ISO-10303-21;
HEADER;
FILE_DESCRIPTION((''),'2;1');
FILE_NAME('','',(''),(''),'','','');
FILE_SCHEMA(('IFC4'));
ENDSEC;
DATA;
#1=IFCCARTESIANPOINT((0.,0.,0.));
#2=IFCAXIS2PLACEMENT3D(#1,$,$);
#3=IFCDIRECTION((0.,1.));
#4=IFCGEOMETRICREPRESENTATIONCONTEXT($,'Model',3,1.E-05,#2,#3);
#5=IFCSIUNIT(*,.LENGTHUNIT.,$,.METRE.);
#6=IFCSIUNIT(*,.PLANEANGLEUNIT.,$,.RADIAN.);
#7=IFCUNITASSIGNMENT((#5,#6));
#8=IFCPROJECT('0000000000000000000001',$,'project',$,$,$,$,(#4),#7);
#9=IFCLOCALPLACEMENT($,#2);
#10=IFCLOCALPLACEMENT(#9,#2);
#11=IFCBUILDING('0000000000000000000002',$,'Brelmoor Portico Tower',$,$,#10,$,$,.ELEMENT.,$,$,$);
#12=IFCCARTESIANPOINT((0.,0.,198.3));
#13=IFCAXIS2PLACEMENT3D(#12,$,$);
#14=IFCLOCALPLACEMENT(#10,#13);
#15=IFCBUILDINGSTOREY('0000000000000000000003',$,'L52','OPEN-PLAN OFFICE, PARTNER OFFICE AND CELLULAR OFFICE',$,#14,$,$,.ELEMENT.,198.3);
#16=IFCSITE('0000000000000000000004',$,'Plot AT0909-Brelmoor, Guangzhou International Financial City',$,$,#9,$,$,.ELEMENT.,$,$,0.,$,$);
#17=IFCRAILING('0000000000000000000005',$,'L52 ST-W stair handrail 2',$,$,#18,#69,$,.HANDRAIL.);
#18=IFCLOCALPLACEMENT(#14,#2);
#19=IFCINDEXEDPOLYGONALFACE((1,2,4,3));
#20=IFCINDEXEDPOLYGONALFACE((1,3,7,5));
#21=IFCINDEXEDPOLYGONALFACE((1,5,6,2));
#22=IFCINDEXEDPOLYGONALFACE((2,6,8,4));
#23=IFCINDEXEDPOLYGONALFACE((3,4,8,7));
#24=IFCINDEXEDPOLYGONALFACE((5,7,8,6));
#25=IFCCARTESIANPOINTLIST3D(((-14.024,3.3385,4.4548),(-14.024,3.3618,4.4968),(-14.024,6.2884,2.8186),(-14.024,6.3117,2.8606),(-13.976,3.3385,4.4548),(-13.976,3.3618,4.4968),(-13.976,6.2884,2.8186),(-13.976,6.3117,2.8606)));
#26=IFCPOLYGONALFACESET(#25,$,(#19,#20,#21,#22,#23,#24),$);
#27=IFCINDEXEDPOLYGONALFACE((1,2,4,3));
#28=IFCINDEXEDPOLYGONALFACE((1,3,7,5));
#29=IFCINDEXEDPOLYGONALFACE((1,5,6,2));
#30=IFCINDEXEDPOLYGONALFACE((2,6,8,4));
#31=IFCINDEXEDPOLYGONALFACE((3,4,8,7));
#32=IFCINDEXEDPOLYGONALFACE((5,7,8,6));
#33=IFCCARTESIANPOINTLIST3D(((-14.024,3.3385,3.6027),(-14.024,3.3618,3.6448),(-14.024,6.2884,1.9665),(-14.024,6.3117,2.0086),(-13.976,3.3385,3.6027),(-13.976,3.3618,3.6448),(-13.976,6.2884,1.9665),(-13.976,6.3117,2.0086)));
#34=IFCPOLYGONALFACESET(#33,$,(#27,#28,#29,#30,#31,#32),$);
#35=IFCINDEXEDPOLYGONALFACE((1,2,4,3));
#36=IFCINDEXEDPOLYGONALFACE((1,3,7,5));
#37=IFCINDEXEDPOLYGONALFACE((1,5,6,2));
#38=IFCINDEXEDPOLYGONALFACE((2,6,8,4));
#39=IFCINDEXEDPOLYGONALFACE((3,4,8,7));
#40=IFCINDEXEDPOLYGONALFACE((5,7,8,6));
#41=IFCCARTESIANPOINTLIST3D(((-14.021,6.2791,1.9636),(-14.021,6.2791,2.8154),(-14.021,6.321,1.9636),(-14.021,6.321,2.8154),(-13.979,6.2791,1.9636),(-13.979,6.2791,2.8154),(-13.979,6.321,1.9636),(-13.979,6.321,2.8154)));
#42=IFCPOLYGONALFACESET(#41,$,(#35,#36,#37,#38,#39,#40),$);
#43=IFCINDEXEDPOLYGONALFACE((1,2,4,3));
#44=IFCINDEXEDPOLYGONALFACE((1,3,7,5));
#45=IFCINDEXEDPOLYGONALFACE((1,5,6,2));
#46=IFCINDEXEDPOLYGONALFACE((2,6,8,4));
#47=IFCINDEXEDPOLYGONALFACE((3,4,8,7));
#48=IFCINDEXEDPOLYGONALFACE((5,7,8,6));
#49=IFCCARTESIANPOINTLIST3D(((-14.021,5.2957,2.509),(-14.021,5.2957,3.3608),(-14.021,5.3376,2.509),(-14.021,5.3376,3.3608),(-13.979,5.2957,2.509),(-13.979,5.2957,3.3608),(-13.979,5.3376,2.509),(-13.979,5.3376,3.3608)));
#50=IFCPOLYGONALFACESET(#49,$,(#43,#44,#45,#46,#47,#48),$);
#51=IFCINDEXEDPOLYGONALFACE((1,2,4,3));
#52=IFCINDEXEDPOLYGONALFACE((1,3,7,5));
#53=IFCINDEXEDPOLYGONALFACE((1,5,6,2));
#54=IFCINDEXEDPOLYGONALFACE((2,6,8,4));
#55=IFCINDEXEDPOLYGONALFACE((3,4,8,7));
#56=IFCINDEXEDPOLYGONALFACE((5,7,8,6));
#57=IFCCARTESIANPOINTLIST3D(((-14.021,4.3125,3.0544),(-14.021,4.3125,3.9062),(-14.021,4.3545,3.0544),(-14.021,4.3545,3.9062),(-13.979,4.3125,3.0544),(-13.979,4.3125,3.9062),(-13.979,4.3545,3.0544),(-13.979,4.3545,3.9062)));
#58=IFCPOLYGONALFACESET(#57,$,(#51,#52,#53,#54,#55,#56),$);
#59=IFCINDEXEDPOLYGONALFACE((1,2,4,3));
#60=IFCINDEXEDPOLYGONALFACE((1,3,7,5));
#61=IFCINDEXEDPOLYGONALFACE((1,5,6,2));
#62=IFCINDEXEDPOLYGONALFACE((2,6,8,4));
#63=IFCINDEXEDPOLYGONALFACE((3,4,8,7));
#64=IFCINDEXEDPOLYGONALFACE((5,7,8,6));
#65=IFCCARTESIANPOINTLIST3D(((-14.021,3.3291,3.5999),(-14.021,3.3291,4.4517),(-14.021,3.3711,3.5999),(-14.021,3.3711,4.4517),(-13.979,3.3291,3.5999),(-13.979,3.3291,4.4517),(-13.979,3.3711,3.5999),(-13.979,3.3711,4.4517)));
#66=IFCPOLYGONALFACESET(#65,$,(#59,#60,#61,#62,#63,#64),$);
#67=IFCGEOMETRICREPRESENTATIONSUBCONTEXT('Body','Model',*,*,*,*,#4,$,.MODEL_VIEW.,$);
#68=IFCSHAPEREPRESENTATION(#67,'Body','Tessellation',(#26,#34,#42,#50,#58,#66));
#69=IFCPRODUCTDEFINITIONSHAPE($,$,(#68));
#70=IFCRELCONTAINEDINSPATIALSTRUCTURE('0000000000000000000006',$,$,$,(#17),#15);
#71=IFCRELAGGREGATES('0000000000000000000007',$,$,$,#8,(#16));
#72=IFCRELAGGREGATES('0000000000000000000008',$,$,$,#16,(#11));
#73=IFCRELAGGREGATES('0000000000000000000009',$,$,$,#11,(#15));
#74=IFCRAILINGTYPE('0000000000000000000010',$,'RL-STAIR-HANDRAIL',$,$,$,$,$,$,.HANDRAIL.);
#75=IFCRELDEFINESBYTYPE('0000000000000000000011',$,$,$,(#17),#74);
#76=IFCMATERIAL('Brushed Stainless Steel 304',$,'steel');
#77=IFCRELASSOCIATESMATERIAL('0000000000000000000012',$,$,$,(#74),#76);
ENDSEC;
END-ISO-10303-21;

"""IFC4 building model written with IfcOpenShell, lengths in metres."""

from ifc_helpers import new_model, si_unit, direction, frame, origin, origin_2d, place, context, subcontext, project, spatial, rectangle, extrude, material, type_object, element, save


model = new_model("IFC4")

# Units and contexts
model_context = context("Model", 3, precision=1e-05, world=origin(), true_north=direction((0.0, 1.0)))
body_context = subcontext(model_context, "Body", "Model", "MODEL_VIEW")
ifc_project = project(units=[si_unit("LENGTHUNIT", "METRE"), si_unit("PLANEANGLEUNIT", "RADIAN")], contexts=[model_context])

# Site, building, storey
site_placement = place(None, origin())
site = spatial("IfcSite", under=ifc_project, at=site_placement, Name="Plot AT0909-Brelmoor, Guangzhou International Financial City", CompositionType="ELEMENT", RefElevation=0.0)
building_placement = place(site_placement, origin())
building = spatial("IfcBuilding", under=site, at=building_placement, Name="Brelmoor Portico Tower", CompositionType="ELEMENT")
storey_placement = place(building_placement, frame((0.0, 0.0, 198.3)))
storey = spatial("IfcBuildingStorey", under=building, at=storey_placement, Name="L52", Description="OPEN-PLAN OFFICE, PARTNER OFFICE AND CELLULAR OFFICE", CompositionType="ELEMENT", Elevation=198.3)

# Railing
ifc_material_1 = material(Name="Brushed Stainless Steel 304", Category="steel")
railing_type_1 = type_object("IfcRailingType", Name="RL-STAIR-HANDRAIL", PredefinedType="HANDRAIL", material=ifc_material_1)
railing_1_placement = place(storey_placement, frame((-14.0, 6.3, 1.9636)))
element("IfcRailing", 1, at=railing_1_placement, inside=storey, type_object=railing_type_1, Name="L52 ST-W stair handrail 2", PredefinedType="HANDRAIL", context=body_context, shape_type="SweptSolid", body=[
    extrude(rectangle(XDim=0.0481, YDim=0.0481, at=origin_2d()), frame((0.0, 0.0, 0.876), z_axis=(0.0, -0.874488, 0.485047), x_axis=(1.0, 0.0, 0.0)), (0.0, 0.0, 1.0), 3.3733),
    extrude(rectangle(XDim=0.0481, YDim=0.0481, at=origin_2d()), frame((0.0, 0.0, 0.0239), z_axis=(0.0, -0.874488, 0.485047), x_axis=(1.0, 0.0, 0.0)), (0.0, 0.0, 1.0), 3.3733),
    extrude(rectangle(XDim=0.042, YDim=0.042, at=origin_2d()), origin(), (0.0, 0.0, 1.0), 0.8518),
    extrude(rectangle(XDim=0.042, YDim=0.042, at=origin_2d()), frame((0.0, -0.9834, 0.5454)), (0.0, 0.0, 1.0), 0.8518),
    extrude(rectangle(XDim=0.042, YDim=0.042, at=origin_2d()), frame((0.0, -1.9666, 1.0908)), (0.0, 0.0, 1.0), 0.8518),
    extrude(rectangle(XDim=0.042, YDim=0.042, at=origin_2d()), frame((0.0, -2.95, 1.6362)), (0.0, 0.0, 1.0), 0.8518),
])

save(model, "model.ifc")
